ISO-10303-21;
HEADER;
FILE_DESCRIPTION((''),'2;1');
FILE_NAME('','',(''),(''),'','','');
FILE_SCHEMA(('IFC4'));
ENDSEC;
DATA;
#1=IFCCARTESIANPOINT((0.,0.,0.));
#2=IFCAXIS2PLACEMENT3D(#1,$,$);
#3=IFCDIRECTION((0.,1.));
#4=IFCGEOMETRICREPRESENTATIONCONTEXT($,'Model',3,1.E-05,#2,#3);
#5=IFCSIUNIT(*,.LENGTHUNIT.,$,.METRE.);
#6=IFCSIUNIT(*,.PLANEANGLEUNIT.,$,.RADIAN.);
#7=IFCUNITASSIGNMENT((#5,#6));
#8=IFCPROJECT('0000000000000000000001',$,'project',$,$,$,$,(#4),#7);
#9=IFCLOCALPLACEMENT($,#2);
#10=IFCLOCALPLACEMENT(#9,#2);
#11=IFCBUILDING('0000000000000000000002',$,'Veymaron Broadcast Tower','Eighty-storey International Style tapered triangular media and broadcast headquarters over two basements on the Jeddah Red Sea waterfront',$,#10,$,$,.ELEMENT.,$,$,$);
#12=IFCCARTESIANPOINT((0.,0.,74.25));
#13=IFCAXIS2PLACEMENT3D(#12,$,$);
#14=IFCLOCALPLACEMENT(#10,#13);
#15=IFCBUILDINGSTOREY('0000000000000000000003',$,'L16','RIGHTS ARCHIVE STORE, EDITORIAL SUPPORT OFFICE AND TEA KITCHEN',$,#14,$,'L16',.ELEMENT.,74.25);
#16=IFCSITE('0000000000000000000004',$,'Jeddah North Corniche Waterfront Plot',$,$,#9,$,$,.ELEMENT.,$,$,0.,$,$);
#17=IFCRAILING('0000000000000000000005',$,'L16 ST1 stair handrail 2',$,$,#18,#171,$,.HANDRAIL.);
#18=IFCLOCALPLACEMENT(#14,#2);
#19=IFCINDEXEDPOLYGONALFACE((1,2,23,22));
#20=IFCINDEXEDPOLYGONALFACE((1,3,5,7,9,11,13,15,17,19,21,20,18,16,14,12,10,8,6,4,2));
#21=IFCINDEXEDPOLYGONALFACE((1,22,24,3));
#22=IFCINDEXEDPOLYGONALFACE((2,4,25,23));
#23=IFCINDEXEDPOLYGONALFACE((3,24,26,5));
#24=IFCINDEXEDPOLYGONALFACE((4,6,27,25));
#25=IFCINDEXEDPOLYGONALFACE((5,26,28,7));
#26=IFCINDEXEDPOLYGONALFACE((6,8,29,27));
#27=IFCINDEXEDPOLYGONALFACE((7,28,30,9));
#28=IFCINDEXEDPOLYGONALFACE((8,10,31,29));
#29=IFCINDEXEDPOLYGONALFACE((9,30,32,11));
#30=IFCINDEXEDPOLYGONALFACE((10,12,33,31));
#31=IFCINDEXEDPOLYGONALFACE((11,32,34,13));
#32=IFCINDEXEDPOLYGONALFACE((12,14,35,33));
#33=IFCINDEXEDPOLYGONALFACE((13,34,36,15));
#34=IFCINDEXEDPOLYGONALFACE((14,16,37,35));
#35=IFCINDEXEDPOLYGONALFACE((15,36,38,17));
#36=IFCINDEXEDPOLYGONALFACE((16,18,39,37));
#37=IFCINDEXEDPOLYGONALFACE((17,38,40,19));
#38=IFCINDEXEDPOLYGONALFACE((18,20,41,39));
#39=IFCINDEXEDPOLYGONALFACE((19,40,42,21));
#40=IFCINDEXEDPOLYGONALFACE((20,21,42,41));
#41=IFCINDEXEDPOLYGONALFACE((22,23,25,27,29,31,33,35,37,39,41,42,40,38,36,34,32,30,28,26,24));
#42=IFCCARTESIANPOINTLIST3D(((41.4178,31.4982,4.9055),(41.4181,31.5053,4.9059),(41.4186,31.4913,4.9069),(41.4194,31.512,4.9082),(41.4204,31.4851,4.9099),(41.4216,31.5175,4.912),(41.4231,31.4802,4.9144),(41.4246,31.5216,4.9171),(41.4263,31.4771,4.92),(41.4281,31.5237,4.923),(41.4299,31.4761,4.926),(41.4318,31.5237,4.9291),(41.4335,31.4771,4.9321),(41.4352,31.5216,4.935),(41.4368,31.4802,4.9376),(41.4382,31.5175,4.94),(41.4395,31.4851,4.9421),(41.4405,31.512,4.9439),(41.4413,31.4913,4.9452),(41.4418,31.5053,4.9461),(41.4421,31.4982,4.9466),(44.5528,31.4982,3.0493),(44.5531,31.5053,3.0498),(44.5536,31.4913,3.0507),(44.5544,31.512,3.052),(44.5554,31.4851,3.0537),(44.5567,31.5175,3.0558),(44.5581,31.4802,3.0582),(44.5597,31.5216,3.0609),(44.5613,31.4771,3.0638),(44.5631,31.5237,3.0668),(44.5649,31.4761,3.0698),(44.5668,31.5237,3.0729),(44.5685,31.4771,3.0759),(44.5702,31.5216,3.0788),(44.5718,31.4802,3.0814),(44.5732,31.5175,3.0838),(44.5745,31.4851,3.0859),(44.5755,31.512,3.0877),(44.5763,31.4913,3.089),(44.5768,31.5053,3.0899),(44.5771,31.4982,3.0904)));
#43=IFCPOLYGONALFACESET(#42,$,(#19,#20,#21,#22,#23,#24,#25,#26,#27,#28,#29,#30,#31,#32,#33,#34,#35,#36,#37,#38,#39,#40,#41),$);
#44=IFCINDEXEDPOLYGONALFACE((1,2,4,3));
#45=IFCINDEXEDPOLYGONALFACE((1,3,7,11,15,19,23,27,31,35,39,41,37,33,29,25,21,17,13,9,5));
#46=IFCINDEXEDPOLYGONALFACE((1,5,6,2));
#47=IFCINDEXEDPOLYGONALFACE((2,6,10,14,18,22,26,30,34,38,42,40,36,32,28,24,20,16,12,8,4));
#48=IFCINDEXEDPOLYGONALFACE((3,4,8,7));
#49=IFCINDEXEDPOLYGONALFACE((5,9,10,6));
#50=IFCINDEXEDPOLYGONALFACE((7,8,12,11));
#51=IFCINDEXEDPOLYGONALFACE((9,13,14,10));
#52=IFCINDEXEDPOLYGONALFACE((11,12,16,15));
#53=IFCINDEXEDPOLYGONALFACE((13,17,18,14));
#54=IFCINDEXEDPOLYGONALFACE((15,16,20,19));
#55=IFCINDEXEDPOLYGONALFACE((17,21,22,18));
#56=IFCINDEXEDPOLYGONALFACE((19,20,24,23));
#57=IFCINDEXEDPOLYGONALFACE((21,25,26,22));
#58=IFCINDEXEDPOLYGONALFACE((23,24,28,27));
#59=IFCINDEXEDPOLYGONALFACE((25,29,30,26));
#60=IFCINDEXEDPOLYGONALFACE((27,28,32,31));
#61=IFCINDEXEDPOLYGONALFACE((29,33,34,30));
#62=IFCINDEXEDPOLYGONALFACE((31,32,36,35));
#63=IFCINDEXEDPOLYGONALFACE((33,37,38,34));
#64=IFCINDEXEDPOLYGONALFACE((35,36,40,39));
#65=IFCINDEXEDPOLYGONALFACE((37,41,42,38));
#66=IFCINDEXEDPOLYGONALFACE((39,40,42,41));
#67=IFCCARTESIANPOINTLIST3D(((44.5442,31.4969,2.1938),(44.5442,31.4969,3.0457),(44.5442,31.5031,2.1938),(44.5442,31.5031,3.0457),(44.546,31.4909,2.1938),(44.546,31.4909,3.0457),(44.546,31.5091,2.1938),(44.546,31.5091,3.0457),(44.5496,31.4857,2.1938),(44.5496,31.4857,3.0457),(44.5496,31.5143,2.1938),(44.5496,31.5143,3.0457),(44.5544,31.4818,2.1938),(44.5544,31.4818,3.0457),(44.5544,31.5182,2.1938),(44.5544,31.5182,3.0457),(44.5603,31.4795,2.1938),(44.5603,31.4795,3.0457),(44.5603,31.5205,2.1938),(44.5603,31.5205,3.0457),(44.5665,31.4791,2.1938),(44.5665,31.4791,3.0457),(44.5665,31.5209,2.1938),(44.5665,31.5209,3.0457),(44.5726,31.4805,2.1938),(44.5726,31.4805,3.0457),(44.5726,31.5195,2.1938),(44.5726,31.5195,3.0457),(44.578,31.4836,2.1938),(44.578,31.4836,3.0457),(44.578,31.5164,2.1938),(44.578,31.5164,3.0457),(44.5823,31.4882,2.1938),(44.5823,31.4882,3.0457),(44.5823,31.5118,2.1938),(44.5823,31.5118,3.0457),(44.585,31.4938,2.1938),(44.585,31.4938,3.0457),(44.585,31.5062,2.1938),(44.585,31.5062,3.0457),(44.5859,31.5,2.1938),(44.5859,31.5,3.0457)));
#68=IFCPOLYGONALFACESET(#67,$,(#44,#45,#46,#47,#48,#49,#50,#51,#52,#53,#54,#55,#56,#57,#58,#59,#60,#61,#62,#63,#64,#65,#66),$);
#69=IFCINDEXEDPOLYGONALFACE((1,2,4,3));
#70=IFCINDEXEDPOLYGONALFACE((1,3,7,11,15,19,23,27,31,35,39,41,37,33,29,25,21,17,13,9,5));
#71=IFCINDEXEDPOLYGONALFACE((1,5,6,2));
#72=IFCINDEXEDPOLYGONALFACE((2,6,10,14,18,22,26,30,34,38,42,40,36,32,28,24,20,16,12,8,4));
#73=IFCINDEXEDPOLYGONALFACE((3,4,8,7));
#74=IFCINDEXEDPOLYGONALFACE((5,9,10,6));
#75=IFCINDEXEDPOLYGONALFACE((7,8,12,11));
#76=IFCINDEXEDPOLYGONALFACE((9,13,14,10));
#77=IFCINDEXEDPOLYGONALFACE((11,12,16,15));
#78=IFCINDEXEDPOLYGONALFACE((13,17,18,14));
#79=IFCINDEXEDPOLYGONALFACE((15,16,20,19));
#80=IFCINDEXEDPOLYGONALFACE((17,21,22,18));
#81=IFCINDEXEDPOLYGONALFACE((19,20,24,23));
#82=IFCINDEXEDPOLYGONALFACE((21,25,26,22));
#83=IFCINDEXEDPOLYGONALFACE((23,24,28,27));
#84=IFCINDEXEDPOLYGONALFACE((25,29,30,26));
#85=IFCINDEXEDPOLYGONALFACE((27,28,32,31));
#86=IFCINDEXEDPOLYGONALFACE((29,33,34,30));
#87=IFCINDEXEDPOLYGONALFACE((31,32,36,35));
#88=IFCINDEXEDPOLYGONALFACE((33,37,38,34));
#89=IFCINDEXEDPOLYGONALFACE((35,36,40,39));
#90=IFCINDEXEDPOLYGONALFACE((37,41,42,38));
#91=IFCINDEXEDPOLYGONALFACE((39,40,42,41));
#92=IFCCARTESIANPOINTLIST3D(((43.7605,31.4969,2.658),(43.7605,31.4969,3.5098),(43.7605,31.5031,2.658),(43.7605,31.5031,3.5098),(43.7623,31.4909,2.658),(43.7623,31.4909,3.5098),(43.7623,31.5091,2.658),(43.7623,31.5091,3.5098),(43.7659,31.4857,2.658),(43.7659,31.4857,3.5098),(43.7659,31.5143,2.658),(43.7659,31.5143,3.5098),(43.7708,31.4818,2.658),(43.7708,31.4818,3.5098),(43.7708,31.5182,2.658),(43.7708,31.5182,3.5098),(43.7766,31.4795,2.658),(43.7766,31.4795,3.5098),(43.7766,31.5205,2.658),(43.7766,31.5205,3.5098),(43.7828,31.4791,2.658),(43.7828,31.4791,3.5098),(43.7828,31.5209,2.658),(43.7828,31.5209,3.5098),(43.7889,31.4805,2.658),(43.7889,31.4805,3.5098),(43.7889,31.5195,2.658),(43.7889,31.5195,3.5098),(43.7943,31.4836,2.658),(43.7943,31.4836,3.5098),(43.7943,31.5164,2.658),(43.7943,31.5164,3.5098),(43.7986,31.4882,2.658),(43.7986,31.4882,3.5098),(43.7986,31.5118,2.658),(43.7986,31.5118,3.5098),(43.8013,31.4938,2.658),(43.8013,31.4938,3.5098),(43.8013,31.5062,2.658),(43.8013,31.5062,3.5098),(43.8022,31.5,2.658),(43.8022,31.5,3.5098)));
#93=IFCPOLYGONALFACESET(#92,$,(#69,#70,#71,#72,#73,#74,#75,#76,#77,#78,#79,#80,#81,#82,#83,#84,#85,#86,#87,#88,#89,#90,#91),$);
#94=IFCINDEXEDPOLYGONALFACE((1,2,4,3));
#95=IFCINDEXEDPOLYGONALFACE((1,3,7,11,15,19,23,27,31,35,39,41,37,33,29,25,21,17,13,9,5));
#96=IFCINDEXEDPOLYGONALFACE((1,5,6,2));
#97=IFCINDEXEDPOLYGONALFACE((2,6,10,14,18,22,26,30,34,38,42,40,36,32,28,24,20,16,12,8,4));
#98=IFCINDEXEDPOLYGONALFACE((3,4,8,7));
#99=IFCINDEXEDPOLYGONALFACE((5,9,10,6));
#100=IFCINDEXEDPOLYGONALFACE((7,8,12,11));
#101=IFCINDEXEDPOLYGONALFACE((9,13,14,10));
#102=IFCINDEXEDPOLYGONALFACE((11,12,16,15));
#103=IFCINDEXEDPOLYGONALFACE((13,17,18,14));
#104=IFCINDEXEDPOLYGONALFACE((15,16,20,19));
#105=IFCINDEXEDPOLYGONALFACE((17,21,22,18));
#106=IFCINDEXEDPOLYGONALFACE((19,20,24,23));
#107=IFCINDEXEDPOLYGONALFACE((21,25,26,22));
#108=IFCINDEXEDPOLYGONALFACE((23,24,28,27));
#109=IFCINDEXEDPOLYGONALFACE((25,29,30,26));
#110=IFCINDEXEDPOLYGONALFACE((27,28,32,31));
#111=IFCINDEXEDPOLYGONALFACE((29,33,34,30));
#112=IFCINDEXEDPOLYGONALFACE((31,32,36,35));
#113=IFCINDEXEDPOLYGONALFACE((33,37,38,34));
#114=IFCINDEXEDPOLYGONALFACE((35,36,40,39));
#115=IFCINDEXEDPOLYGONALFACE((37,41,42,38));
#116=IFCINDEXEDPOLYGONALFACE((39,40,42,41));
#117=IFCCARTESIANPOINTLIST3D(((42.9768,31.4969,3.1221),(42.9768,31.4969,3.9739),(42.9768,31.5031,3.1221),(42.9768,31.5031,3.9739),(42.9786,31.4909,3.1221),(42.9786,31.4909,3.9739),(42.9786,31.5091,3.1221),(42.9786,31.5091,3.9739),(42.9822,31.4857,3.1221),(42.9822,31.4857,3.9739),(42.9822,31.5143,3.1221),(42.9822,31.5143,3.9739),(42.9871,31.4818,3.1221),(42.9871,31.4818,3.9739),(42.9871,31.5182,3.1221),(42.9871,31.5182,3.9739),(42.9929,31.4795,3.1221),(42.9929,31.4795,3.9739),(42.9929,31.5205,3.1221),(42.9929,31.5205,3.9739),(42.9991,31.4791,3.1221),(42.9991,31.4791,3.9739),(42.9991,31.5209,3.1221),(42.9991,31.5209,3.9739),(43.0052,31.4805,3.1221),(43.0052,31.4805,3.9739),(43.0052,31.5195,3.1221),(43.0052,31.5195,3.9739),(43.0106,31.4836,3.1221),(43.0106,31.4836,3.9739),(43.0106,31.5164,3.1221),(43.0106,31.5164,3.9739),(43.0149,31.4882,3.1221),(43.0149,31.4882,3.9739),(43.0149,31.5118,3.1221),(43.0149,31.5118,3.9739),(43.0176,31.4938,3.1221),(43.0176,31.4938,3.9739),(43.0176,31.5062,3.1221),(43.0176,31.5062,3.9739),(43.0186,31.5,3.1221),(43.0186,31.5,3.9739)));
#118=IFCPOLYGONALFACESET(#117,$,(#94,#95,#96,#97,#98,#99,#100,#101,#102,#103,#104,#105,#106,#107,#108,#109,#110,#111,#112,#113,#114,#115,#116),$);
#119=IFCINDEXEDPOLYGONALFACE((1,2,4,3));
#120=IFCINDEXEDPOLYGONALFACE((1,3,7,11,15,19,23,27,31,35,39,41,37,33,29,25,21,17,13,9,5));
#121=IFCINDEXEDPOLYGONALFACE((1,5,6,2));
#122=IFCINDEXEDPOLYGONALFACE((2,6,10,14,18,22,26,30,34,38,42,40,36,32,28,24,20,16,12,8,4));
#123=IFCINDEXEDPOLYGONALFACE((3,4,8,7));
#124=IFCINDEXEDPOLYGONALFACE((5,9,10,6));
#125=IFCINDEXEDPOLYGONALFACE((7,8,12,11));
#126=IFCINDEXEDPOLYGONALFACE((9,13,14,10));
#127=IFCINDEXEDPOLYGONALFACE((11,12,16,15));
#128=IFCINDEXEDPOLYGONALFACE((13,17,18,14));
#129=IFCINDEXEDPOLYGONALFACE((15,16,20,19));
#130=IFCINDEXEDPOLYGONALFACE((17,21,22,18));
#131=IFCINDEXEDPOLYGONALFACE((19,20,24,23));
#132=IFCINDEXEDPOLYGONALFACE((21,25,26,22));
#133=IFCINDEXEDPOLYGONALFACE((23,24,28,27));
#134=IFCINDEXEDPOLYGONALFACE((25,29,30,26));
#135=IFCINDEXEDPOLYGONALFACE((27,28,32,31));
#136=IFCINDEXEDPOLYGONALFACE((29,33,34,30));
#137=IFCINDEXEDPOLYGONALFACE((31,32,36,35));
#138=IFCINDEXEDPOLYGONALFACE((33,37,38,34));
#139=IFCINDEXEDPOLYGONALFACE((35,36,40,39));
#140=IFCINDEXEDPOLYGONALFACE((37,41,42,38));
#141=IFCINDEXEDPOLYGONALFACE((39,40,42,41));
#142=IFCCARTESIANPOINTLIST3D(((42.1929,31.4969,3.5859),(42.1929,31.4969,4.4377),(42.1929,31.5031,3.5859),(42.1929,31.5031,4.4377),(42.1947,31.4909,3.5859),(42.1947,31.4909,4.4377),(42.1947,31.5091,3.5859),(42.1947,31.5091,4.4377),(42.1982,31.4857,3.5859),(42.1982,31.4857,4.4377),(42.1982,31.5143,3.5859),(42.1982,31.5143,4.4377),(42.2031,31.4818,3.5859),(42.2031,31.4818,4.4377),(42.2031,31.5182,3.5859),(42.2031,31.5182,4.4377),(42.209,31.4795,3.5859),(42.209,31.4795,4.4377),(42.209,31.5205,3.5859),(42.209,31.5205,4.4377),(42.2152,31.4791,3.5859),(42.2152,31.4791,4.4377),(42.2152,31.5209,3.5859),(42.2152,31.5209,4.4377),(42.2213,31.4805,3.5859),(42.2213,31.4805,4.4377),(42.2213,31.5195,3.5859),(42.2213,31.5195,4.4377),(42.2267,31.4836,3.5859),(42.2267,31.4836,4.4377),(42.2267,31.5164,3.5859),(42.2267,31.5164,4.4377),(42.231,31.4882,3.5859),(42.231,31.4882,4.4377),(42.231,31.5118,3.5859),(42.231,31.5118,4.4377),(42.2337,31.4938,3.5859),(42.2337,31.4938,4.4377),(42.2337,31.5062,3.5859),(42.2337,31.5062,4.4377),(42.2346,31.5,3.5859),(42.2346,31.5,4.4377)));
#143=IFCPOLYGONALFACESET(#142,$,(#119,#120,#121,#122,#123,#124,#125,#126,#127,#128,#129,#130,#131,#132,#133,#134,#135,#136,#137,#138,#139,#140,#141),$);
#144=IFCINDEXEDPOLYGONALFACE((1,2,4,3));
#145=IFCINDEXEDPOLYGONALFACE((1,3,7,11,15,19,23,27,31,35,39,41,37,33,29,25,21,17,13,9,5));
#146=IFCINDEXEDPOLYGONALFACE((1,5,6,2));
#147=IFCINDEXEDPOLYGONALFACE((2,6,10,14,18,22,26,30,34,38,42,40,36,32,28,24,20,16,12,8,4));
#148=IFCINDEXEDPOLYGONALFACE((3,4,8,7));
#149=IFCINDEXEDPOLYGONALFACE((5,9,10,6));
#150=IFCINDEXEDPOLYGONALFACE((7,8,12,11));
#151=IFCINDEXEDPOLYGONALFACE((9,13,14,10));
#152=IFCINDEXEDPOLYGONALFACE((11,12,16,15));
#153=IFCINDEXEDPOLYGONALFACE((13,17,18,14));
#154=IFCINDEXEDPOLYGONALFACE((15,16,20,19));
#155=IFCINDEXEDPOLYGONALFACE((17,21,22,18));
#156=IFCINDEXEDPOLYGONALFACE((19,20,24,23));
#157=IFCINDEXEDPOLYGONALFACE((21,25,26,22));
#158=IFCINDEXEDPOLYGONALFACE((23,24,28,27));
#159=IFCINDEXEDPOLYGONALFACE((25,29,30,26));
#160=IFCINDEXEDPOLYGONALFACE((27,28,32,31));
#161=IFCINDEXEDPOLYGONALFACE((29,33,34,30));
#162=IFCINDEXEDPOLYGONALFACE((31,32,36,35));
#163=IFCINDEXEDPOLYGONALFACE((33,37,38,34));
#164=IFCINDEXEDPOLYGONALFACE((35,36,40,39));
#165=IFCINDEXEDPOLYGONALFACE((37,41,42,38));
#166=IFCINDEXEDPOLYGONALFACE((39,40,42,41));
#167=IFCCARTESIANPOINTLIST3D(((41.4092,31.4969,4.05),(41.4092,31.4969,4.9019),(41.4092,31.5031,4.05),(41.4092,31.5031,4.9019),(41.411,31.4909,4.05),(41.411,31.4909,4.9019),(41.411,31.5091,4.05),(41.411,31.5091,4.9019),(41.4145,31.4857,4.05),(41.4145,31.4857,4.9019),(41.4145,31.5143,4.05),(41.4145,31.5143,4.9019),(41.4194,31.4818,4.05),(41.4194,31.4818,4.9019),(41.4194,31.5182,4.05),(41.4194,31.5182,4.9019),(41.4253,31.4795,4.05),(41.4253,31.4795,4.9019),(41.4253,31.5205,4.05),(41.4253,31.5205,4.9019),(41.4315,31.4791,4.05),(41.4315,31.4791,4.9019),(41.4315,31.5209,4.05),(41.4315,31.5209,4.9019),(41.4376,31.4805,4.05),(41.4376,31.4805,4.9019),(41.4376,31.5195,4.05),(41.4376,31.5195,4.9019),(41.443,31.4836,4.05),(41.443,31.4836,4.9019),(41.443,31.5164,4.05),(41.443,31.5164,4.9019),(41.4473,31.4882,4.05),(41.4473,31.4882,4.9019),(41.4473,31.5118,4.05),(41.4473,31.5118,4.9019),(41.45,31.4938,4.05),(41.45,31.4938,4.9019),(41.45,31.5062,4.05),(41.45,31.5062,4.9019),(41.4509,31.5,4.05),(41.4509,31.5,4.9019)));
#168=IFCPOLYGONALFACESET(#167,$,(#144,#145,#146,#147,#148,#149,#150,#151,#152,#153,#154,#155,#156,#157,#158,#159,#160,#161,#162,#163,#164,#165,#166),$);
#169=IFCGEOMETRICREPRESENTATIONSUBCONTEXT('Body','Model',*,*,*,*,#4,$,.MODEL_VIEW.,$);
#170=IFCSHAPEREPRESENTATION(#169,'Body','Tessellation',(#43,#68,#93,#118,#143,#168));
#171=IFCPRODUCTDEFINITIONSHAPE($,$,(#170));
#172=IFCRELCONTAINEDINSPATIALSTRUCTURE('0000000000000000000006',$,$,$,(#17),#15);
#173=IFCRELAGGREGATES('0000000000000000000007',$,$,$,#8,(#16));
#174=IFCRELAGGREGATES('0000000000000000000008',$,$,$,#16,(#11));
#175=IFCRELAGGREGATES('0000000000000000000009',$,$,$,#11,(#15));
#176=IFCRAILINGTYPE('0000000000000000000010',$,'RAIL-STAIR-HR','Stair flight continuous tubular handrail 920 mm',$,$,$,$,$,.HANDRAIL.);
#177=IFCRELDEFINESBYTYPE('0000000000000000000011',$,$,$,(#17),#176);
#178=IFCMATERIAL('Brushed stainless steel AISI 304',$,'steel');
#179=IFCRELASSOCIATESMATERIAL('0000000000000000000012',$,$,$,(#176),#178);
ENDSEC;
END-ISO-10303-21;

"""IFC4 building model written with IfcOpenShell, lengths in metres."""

from ifc_helpers import new_model, si_unit, direction, frame, origin, origin_2d, place, context, subcontext, project, spatial, circle, extrude, material, type_object, element, save


model = new_model("IFC4")

# Units and contexts
model_context = context("Model", 3, precision=1e-05, world=origin(), true_north=direction((0.0, 1.0)))
body_context = subcontext(model_context, "Body", "Model", "MODEL_VIEW")
ifc_project = project(units=[si_unit("LENGTHUNIT", "METRE"), si_unit("PLANEANGLEUNIT", "RADIAN")], contexts=[model_context])

# Site, building, storey
site_placement = place(None, origin())
site = spatial("IfcSite", under=ifc_project, at=site_placement, Name="Jeddah North Corniche Waterfront Plot", CompositionType="ELEMENT", RefElevation=0.0)
building_placement = place(site_placement, origin())
building = spatial("IfcBuilding", under=site, at=building_placement, Name="Veymaron Broadcast Tower", Description="Eighty-storey International Style tapered triangular media and broadcast headquarters over two basements on the Jeddah Red Sea waterfront", CompositionType="ELEMENT")
storey_placement = place(building_placement, frame((0.0, 0.0, 74.25)))
storey = spatial("IfcBuildingStorey", under=building, at=storey_placement, Name="L16", Description="RIGHTS ARCHIVE STORE, EDITORIAL SUPPORT OFFICE AND TEA KITCHEN", LongName="L16", CompositionType="ELEMENT", Elevation=74.25)

# Shared definitions
ifc_material_1 = material(Name="Brushed stainless steel AISI 304", Category="steel")

# Railing
railing_type_1 = type_object("IfcRailingType", Name="RAIL-STAIR-HR", Description="Stair flight continuous tubular handrail 920 mm", PredefinedType="HANDRAIL", material=ifc_material_1)
railing_1_placement = place(storey_placement, frame((44.5649, 31.5, 2.1938)))
element("IfcRailing", 1, at=railing_1_placement, inside=storey, type_object=railing_type_1, Name="L16 ST1 stair handrail 2", PredefinedType="HANDRAIL", context=body_context, shape_type="SweptSolid", body=[
    extrude(circle(Radius=0.0239, at=origin_2d()), frame((0.0, 0.0, 0.876), z_axis=(-0.860482, 0.0, 0.509481), x_axis=(0.0, -1.0, 0.0)), (0.0, 0.0, 1.0), 3.6433),
    extrude(circle(Radius=0.021, at=origin_2d()), origin(), (0.0, 0.0, 1.0), 0.8518),
    extrude(circle(Radius=0.021, at=origin_2d()), frame((-0.7837, 0.0, 0.4641)), (0.0, 0.0, 1.0), 0.8518),
    extrude(circle(Radius=0.021, at=origin_2d()), frame((-1.5674, 0.0, 0.9282)), (0.0, 0.0, 1.0), 0.8518),
    extrude(circle(Radius=0.021, at=origin_2d()), frame((-2.3513, 0.0, 1.3921)), (0.0, 0.0, 1.0), 0.8518),
    extrude(circle(Radius=0.021, at=origin_2d()), frame((-3.135, 0.0, 1.8562)), (0.0, 0.0, 1.0), 0.8518),
])

save(model, "model.ifc")
